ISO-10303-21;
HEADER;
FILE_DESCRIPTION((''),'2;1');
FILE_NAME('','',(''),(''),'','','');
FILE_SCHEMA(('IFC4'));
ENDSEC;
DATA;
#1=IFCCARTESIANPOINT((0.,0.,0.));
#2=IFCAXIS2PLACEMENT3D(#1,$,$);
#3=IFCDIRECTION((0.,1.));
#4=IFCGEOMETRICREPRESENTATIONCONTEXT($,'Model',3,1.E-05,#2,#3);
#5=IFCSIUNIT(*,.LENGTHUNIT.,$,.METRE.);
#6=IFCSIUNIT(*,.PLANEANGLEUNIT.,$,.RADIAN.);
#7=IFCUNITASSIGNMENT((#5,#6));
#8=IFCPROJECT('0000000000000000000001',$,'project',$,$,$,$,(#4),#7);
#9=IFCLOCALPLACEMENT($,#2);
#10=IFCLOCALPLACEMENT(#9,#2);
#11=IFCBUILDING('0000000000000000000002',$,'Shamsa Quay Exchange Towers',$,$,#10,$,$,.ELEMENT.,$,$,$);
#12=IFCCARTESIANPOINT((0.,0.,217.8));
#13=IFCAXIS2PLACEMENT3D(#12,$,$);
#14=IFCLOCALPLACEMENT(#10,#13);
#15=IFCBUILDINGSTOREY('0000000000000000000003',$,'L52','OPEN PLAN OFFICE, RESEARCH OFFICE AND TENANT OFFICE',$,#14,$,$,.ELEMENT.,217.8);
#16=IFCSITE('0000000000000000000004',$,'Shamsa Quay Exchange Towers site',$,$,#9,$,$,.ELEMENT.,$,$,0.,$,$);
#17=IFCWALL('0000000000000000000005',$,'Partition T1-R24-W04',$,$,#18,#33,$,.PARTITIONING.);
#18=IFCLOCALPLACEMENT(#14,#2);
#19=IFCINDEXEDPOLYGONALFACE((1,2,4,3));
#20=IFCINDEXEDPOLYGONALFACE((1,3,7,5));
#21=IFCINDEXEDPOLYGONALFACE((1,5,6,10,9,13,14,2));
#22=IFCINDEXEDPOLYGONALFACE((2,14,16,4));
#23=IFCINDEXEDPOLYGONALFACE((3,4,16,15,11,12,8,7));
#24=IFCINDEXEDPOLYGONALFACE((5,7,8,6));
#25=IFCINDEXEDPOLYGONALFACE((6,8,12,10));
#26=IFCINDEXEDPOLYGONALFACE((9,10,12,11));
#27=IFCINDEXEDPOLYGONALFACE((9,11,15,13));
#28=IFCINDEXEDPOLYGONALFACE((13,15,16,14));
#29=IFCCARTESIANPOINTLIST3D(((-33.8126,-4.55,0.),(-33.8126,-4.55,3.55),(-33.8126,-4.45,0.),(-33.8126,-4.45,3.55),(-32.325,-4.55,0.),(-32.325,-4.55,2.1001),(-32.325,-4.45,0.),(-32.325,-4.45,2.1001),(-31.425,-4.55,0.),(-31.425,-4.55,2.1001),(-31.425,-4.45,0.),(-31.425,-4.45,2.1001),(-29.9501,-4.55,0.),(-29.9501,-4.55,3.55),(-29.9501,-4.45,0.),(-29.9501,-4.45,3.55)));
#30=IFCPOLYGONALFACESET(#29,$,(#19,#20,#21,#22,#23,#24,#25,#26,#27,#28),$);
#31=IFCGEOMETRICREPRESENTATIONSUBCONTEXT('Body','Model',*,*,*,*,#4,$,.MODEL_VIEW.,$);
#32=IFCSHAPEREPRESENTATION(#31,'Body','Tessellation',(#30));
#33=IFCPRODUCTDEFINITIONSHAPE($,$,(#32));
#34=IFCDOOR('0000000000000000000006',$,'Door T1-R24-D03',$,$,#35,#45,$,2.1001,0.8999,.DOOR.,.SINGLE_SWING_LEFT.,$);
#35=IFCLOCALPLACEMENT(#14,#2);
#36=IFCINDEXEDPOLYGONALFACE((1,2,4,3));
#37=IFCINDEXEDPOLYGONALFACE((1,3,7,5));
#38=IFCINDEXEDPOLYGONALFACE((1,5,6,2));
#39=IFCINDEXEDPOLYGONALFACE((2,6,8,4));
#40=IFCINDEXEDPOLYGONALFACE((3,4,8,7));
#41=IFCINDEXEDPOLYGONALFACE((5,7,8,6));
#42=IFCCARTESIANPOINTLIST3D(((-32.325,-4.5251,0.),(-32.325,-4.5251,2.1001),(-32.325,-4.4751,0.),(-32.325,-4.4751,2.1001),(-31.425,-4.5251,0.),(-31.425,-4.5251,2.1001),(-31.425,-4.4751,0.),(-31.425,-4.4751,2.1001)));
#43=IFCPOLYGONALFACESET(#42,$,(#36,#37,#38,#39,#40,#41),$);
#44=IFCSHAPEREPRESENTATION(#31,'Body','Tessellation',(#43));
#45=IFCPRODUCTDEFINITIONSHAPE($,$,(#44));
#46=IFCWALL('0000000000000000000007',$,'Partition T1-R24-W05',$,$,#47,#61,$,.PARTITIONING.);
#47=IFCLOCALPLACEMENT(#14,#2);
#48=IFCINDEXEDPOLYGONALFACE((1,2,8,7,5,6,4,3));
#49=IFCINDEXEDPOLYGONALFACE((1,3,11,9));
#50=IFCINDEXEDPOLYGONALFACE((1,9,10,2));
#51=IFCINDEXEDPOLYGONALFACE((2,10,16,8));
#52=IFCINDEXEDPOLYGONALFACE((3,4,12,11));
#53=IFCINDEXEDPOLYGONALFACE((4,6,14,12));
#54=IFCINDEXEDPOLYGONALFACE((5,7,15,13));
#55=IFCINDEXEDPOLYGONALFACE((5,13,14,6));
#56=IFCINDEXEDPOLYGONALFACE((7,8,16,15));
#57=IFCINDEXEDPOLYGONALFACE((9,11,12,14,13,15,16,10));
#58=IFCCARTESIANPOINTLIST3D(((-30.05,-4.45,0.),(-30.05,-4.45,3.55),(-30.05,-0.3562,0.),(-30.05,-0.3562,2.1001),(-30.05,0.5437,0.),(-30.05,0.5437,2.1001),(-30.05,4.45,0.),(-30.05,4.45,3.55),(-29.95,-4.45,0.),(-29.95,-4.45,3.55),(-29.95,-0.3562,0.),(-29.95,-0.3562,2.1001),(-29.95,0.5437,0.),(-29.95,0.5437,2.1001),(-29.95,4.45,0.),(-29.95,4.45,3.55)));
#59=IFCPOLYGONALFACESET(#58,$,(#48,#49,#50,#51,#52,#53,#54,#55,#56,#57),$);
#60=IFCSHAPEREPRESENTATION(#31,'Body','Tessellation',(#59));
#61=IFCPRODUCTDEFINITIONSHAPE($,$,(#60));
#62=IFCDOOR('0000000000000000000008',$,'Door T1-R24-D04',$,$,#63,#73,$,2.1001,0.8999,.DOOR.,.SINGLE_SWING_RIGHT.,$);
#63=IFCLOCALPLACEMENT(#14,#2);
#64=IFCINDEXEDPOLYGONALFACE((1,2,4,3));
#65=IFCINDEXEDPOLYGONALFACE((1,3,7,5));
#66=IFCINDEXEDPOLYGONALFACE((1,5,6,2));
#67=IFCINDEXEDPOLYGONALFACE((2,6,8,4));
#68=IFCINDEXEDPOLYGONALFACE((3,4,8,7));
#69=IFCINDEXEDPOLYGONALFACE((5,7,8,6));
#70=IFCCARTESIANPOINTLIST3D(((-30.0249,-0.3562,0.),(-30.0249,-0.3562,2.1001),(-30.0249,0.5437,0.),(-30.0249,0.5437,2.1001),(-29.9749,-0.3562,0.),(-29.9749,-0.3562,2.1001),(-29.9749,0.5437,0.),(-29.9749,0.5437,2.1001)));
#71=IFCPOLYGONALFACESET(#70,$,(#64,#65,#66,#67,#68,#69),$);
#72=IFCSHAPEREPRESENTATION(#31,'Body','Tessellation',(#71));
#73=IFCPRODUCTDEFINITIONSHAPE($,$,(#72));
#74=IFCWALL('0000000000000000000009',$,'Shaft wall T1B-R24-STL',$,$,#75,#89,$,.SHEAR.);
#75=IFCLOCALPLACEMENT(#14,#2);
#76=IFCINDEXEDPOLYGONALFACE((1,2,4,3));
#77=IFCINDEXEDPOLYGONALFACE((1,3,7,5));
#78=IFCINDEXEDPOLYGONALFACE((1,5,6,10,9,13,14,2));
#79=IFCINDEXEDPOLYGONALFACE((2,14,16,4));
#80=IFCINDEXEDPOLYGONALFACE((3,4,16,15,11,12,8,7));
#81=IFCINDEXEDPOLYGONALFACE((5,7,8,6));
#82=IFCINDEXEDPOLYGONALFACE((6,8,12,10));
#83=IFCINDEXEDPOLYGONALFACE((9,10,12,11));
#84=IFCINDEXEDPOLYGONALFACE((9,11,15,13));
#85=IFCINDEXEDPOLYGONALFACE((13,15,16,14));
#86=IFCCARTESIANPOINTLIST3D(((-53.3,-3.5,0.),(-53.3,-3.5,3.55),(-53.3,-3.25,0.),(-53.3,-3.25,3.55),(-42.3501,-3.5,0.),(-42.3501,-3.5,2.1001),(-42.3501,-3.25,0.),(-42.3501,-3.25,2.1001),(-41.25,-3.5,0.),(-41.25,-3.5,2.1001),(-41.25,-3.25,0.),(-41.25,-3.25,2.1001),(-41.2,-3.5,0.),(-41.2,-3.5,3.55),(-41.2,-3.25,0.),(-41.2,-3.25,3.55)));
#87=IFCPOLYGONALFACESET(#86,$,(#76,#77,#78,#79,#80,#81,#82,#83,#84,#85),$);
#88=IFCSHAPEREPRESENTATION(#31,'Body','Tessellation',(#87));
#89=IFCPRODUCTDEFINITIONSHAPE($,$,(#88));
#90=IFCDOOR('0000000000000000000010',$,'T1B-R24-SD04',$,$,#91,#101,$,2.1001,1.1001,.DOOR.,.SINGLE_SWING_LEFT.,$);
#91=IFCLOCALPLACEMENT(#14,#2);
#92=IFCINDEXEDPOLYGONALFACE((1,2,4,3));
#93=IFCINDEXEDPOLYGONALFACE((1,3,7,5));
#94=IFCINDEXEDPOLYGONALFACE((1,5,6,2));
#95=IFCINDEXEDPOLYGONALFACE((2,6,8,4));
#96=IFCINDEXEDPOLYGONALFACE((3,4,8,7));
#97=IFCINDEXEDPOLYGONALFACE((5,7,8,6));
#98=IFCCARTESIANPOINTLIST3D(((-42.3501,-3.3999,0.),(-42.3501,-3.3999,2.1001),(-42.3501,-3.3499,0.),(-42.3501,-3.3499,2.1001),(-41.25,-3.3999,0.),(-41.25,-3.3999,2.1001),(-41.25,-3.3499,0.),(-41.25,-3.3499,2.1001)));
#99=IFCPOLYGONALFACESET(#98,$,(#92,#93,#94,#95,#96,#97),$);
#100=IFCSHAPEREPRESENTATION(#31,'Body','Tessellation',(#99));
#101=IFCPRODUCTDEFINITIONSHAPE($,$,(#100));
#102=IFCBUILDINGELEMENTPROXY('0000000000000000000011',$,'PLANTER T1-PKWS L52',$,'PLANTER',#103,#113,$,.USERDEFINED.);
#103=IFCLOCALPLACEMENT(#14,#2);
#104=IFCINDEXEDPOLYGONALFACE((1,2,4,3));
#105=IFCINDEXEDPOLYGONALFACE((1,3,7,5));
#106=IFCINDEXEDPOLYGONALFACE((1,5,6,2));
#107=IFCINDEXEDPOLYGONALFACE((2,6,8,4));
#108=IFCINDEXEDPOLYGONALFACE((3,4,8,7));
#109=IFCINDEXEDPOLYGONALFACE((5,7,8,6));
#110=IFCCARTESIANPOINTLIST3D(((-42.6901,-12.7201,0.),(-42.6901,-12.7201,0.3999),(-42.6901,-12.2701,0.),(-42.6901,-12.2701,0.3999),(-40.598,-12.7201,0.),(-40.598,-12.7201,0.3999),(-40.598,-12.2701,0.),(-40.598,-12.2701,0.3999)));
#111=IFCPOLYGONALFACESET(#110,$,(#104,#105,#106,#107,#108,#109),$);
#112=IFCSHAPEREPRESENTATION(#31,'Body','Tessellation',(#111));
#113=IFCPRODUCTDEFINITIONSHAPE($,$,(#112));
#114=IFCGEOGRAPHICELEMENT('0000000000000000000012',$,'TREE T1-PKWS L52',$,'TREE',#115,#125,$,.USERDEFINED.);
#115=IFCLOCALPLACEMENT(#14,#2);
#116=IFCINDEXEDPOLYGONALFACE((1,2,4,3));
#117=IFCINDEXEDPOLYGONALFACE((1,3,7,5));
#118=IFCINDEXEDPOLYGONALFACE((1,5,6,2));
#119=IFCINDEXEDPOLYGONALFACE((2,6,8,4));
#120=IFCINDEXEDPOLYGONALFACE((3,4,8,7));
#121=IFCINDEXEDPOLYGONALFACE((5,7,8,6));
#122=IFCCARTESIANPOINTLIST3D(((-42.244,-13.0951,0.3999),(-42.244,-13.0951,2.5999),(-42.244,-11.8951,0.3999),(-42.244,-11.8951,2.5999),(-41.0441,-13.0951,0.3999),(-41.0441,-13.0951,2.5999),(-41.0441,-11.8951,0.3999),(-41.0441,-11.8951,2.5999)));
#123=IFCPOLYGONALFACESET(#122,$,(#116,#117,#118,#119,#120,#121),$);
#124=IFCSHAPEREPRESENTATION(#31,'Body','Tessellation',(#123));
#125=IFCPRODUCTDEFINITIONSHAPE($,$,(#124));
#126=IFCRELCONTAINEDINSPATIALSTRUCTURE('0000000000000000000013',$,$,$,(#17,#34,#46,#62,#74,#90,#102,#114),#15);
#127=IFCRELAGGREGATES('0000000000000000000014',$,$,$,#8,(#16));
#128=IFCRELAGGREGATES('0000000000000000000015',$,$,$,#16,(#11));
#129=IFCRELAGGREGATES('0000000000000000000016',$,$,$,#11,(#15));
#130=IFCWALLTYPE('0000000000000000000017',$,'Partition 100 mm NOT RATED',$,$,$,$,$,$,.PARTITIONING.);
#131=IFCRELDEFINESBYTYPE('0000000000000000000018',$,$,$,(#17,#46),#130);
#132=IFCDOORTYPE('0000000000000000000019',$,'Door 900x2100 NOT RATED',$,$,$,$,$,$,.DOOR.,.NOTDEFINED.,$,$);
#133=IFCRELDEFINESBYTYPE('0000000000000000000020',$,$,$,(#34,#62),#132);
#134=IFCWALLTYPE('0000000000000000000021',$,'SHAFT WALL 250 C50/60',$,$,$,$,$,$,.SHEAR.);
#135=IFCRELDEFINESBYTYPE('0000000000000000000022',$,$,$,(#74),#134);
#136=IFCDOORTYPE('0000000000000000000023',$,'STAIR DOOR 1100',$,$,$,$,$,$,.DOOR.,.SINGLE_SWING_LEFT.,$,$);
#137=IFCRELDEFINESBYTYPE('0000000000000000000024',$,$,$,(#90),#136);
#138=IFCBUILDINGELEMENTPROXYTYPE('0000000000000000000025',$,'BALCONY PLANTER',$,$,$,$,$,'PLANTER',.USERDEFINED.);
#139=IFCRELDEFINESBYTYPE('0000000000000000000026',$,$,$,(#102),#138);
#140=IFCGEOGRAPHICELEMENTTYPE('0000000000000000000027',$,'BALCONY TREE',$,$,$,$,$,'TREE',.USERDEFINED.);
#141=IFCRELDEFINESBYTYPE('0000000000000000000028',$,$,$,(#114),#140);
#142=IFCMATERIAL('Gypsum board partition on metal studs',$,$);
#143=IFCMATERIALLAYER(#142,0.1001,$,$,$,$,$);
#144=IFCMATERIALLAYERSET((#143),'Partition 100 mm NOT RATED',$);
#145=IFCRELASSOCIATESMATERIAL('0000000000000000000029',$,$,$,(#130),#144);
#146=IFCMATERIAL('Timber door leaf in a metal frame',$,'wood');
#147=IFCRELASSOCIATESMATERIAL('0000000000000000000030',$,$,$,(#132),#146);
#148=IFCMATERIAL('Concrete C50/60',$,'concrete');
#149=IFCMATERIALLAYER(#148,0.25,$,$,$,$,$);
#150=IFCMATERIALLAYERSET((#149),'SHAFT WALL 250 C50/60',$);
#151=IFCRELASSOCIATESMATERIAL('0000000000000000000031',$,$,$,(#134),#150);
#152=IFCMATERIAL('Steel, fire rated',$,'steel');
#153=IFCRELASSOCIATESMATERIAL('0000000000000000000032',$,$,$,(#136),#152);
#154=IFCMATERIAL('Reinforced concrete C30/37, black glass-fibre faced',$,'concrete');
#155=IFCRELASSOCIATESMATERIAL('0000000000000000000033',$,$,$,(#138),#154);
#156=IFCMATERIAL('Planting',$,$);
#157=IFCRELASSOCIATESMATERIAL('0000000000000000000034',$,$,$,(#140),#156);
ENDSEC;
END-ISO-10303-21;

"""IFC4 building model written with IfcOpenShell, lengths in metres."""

from ifc_helpers import new_model, si_unit, direction, frame, frame_2d, origin, origin_2d, place, context, subcontext, project, spatial, rectangle, extrude, material, layer, layer_set, type_object, element, fill, save


model = new_model("IFC4")

# Units and contexts
model_context = context("Model", 3, precision=1e-05, world=origin(), true_north=direction((0.0, 1.0)))
body_context = subcontext(model_context, "Body", "Model", "MODEL_VIEW")
ifc_project = project(units=[si_unit("LENGTHUNIT", "METRE"), si_unit("PLANEANGLEUNIT", "RADIAN")], contexts=[model_context])

# Site, building, storey
site_placement = place(None, origin())
site = spatial("IfcSite", under=ifc_project, at=site_placement, Name="Shamsa Quay Exchange Towers site", CompositionType="ELEMENT", RefElevation=0.0)
building_placement = place(site_placement, origin())
building = spatial("IfcBuilding", under=site, at=building_placement, Name="Shamsa Quay Exchange Towers", CompositionType="ELEMENT")
storey_placement = place(building_placement, frame((0.0, 0.0, 217.8)))
storey = spatial("IfcBuildingStorey", under=building, at=storey_placement, Name="L52", Description="OPEN PLAN OFFICE, RESEARCH OFFICE AND TENANT OFFICE", CompositionType="ELEMENT", Elevation=217.8)

# Shared definitions
ifc_material_1 = material(Name="Steel, fire rated", Category="steel")

# Walls, openings, doors
ifc_material_2 = material(Name="Gypsum board partition on metal studs")
ifc_layer_1 = layer(ifc_material_2, 0.1001)
ifc_layer_set_1 = layer_set([ifc_layer_1], Name="Partition 100 mm NOT RATED")
wall_type_1 = type_object("IfcWallType", Name="Partition 100 mm NOT RATED", PredefinedType="PARTITIONING", material=ifc_layer_set_1)
wall_1_placement = place(storey_placement, frame((-33.8125, -4.5, 0.0)))
wall_1 = element("IfcWall", 1, at=wall_1_placement, inside=storey, type_object=wall_type_1, Name="Partition T1-R24-W04", PredefinedType="PARTITIONING", context=body_context, shape_type="SweptSolid", body=[
    extrude(rectangle(XDim=3.8625, YDim=0.1001, at=frame_2d((1.9312, 0.0))), origin(), (0.0, 0.0, 1.0), 3.55),
])
opening_1_placement = place(wall_1_placement, frame((1.4875, 0.0, 0.0)))
opening_1 = element("IfcOpeningElement", 2, at=opening_1_placement, cuts=wall_1, PredefinedType="OPENING", context=body_context, shape_type="SweptSolid", body=[
    extrude(rectangle(XDim=0.8999, YDim=2.1001, at=frame_2d((0.45, 1.05))), frame((0.0, 0.0601, 0.0), z_axis=(0.0, -1.0, 0.0), x_axis=(1.0, 0.0, 0.0)), (0.0, 0.0, 1.0), 0.1201),
])
ifc_material_3 = material(Name="Timber door leaf in a metal frame", Category="wood")
door_type_1 = type_object("IfcDoorType", Name="Door 900x2100 NOT RATED", OperationType="NOTDEFINED", PredefinedType="DOOR", material=ifc_material_3)
door_1_placement = place(opening_1_placement, origin())
door_1 = element("IfcDoor", 3, at=door_1_placement, inside=storey, type_object=door_type_1, Name="Door T1-R24-D03", OperationType="SINGLE_SWING_LEFT", OverallHeight=2.1001, OverallWidth=0.8999, PredefinedType="DOOR", context=body_context, shape_type="SweptSolid", body=[
    extrude(rectangle(XDim=0.8999, YDim=2.1001, at=frame_2d((0.45, 1.05))), frame((0.0, 0.0249, 0.0), z_axis=(0.0, -1.0, 0.0), x_axis=(1.0, 0.0, 0.0)), (0.0, 0.0, 1.0), 0.05),
])
fill(opening_1, door_1)
wall_2_placement = place(storey_placement, frame((-30.0, -4.45, 0.0), z_axis=(0.0, 0.0, 1.0), x_axis=(0.0, 1.0, 0.0)))
wall_2 = element("IfcWall", 4, at=wall_2_placement, inside=storey, type_object=wall_type_1, Name="Partition T1-R24-W05", PredefinedType="PARTITIONING", context=body_context, shape_type="SweptSolid", body=[
    extrude(rectangle(XDim=8.8999, YDim=0.1001, at=frame_2d((4.45, 0.0))), origin(), (0.0, 0.0, 1.0), 3.55),
])
opening_2_placement = place(wall_2_placement, frame((4.0938, 0.0, 0.0)))
opening_2 = element("IfcOpeningElement", 5, at=opening_2_placement, cuts=wall_2, PredefinedType="OPENING", context=body_context, shape_type="SweptSolid", body=[
    extrude(rectangle(XDim=0.8999, YDim=2.1001, at=frame_2d((0.45, 1.05))), frame((0.0, 0.0601, 0.0), z_axis=(0.0, -1.0, 0.0), x_axis=(1.0, 0.0, 0.0)), (0.0, 0.0, 1.0), 0.1201),
])
door_2_placement = place(opening_2_placement, origin())
door_2 = element("IfcDoor", 6, at=door_2_placement, inside=storey, type_object=door_type_1, Name="Door T1-R24-D04", OperationType="SINGLE_SWING_RIGHT", OverallHeight=2.1001, OverallWidth=0.8999, PredefinedType="DOOR", context=body_context, shape_type="SweptSolid", body=[
    extrude(rectangle(XDim=0.8999, YDim=2.1001, at=frame_2d((0.45, 1.05))), frame((0.0, 0.0249, 0.0), z_axis=(0.0, -1.0, 0.0), x_axis=(1.0, 0.0, 0.0)), (0.0, 0.0, 1.0), 0.05),
])
fill(opening_2, door_2)
ifc_material_4 = material(Name="Concrete C50/60", Category="concrete")
ifc_layer_2 = layer(ifc_material_4, 0.25)
ifc_layer_set_2 = layer_set([ifc_layer_2], Name="SHAFT WALL 250 C50/60")
wall_type_2 = type_object("IfcWallType", Name="SHAFT WALL 250 C50/60", PredefinedType="SHEAR", material=ifc_layer_set_2)
wall_3_placement = place(storey_placement, frame((-41.2, -3.375, 0.0), z_axis=(0.0, 0.0, 1.0), x_axis=(-1.0, 0.0, 0.0)))
wall_3 = element("IfcWall", 7, at=wall_3_placement, inside=storey, type_object=wall_type_2, Name="Shaft wall T1B-R24-STL", PredefinedType="SHEAR", context=body_context, shape_type="SweptSolid", body=[
    extrude(rectangle(XDim=12.1001, YDim=0.25, at=frame_2d((6.05, 0.0))), origin(), (0.0, 0.0, 1.0), 3.55),
])
opening_3_placement = place(wall_3_placement, frame((0.05, 0.0, 0.0)))
opening_3 = element("IfcOpeningElement", 8, at=opening_3_placement, cuts=wall_3, PredefinedType="OPENING", context=body_context, shape_type="SweptSolid", body=[
    extrude(rectangle(XDim=1.1001, YDim=2.1001, at=frame_2d((0.55, 1.05))), frame((0.0, 0.135, 0.0), z_axis=(0.0, -1.0, 0.0), x_axis=(1.0, 0.0, 0.0)), (0.0, 0.0, 1.0), 0.27),
])
door_type_2 = type_object("IfcDoorType", Name="STAIR DOOR 1100", OperationType="SINGLE_SWING_LEFT", PredefinedType="DOOR", material=ifc_material_1)
door_3_placement = place(opening_3_placement, origin())
door_3 = element("IfcDoor", 9, at=door_3_placement, inside=storey, type_object=door_type_2, Name="T1B-R24-SD04", OperationType="SINGLE_SWING_LEFT", OverallHeight=2.1001, OverallWidth=1.1001, PredefinedType="DOOR", context=body_context, shape_type="SweptSolid", body=[
    extrude(rectangle(XDim=1.1001, YDim=2.1001, at=frame_2d((0.55, 1.05))), frame((0.0, 0.0249, 0.0), z_axis=(0.0, -1.0, 0.0), x_axis=(1.0, 0.0, 0.0)), (0.0, 0.0, 1.0), 0.05),
])
fill(opening_3, door_3)

# Building element proxy
ifc_material_5 = material(Name="Reinforced concrete C30/37, black glass-fibre faced", Category="concrete")
building_element_proxy_type = type_object("IfcBuildingElementProxyType", Name="BALCONY PLANTER", ElementType="PLANTER", PredefinedType="USERDEFINED", material=ifc_material_5)
proxy_placement = place(storey_placement, frame((-41.644, -12.4951, 0.0)))
element("IfcBuildingElementProxy", 10, at=proxy_placement, inside=storey, type_object=building_element_proxy_type, Name="PLANTER T1-PKWS L52", ObjectType="PLANTER", PredefinedType="USERDEFINED", context=body_context, shape_type="SweptSolid", body=[
    extrude(rectangle(XDim=2.092, YDim=0.45, at=origin_2d()), origin(), (0.0, 0.0, 1.0), 0.3999),
])

# Geographic element
ifc_material_6 = material(Name="Planting")
geographic_element_type = type_object("IfcGeographicElementType", Name="BALCONY TREE", ElementType="TREE", PredefinedType="USERDEFINED", material=ifc_material_6)
geographic_element_placement = place(storey_placement, frame((-41.644, -12.4951, 0.3999)))
element("IfcGeographicElement", 11, at=geographic_element_placement, inside=storey, type_object=geographic_element_type, Name="TREE T1-PKWS L52", ObjectType="TREE", PredefinedType="USERDEFINED", context=body_context, shape_type="SweptSolid", body=[
    extrude(rectangle(XDim=1.2, YDim=1.2, at=origin_2d()), origin(), (0.0, 0.0, 1.0), 2.2),
])

save(model, "model.ifc")
